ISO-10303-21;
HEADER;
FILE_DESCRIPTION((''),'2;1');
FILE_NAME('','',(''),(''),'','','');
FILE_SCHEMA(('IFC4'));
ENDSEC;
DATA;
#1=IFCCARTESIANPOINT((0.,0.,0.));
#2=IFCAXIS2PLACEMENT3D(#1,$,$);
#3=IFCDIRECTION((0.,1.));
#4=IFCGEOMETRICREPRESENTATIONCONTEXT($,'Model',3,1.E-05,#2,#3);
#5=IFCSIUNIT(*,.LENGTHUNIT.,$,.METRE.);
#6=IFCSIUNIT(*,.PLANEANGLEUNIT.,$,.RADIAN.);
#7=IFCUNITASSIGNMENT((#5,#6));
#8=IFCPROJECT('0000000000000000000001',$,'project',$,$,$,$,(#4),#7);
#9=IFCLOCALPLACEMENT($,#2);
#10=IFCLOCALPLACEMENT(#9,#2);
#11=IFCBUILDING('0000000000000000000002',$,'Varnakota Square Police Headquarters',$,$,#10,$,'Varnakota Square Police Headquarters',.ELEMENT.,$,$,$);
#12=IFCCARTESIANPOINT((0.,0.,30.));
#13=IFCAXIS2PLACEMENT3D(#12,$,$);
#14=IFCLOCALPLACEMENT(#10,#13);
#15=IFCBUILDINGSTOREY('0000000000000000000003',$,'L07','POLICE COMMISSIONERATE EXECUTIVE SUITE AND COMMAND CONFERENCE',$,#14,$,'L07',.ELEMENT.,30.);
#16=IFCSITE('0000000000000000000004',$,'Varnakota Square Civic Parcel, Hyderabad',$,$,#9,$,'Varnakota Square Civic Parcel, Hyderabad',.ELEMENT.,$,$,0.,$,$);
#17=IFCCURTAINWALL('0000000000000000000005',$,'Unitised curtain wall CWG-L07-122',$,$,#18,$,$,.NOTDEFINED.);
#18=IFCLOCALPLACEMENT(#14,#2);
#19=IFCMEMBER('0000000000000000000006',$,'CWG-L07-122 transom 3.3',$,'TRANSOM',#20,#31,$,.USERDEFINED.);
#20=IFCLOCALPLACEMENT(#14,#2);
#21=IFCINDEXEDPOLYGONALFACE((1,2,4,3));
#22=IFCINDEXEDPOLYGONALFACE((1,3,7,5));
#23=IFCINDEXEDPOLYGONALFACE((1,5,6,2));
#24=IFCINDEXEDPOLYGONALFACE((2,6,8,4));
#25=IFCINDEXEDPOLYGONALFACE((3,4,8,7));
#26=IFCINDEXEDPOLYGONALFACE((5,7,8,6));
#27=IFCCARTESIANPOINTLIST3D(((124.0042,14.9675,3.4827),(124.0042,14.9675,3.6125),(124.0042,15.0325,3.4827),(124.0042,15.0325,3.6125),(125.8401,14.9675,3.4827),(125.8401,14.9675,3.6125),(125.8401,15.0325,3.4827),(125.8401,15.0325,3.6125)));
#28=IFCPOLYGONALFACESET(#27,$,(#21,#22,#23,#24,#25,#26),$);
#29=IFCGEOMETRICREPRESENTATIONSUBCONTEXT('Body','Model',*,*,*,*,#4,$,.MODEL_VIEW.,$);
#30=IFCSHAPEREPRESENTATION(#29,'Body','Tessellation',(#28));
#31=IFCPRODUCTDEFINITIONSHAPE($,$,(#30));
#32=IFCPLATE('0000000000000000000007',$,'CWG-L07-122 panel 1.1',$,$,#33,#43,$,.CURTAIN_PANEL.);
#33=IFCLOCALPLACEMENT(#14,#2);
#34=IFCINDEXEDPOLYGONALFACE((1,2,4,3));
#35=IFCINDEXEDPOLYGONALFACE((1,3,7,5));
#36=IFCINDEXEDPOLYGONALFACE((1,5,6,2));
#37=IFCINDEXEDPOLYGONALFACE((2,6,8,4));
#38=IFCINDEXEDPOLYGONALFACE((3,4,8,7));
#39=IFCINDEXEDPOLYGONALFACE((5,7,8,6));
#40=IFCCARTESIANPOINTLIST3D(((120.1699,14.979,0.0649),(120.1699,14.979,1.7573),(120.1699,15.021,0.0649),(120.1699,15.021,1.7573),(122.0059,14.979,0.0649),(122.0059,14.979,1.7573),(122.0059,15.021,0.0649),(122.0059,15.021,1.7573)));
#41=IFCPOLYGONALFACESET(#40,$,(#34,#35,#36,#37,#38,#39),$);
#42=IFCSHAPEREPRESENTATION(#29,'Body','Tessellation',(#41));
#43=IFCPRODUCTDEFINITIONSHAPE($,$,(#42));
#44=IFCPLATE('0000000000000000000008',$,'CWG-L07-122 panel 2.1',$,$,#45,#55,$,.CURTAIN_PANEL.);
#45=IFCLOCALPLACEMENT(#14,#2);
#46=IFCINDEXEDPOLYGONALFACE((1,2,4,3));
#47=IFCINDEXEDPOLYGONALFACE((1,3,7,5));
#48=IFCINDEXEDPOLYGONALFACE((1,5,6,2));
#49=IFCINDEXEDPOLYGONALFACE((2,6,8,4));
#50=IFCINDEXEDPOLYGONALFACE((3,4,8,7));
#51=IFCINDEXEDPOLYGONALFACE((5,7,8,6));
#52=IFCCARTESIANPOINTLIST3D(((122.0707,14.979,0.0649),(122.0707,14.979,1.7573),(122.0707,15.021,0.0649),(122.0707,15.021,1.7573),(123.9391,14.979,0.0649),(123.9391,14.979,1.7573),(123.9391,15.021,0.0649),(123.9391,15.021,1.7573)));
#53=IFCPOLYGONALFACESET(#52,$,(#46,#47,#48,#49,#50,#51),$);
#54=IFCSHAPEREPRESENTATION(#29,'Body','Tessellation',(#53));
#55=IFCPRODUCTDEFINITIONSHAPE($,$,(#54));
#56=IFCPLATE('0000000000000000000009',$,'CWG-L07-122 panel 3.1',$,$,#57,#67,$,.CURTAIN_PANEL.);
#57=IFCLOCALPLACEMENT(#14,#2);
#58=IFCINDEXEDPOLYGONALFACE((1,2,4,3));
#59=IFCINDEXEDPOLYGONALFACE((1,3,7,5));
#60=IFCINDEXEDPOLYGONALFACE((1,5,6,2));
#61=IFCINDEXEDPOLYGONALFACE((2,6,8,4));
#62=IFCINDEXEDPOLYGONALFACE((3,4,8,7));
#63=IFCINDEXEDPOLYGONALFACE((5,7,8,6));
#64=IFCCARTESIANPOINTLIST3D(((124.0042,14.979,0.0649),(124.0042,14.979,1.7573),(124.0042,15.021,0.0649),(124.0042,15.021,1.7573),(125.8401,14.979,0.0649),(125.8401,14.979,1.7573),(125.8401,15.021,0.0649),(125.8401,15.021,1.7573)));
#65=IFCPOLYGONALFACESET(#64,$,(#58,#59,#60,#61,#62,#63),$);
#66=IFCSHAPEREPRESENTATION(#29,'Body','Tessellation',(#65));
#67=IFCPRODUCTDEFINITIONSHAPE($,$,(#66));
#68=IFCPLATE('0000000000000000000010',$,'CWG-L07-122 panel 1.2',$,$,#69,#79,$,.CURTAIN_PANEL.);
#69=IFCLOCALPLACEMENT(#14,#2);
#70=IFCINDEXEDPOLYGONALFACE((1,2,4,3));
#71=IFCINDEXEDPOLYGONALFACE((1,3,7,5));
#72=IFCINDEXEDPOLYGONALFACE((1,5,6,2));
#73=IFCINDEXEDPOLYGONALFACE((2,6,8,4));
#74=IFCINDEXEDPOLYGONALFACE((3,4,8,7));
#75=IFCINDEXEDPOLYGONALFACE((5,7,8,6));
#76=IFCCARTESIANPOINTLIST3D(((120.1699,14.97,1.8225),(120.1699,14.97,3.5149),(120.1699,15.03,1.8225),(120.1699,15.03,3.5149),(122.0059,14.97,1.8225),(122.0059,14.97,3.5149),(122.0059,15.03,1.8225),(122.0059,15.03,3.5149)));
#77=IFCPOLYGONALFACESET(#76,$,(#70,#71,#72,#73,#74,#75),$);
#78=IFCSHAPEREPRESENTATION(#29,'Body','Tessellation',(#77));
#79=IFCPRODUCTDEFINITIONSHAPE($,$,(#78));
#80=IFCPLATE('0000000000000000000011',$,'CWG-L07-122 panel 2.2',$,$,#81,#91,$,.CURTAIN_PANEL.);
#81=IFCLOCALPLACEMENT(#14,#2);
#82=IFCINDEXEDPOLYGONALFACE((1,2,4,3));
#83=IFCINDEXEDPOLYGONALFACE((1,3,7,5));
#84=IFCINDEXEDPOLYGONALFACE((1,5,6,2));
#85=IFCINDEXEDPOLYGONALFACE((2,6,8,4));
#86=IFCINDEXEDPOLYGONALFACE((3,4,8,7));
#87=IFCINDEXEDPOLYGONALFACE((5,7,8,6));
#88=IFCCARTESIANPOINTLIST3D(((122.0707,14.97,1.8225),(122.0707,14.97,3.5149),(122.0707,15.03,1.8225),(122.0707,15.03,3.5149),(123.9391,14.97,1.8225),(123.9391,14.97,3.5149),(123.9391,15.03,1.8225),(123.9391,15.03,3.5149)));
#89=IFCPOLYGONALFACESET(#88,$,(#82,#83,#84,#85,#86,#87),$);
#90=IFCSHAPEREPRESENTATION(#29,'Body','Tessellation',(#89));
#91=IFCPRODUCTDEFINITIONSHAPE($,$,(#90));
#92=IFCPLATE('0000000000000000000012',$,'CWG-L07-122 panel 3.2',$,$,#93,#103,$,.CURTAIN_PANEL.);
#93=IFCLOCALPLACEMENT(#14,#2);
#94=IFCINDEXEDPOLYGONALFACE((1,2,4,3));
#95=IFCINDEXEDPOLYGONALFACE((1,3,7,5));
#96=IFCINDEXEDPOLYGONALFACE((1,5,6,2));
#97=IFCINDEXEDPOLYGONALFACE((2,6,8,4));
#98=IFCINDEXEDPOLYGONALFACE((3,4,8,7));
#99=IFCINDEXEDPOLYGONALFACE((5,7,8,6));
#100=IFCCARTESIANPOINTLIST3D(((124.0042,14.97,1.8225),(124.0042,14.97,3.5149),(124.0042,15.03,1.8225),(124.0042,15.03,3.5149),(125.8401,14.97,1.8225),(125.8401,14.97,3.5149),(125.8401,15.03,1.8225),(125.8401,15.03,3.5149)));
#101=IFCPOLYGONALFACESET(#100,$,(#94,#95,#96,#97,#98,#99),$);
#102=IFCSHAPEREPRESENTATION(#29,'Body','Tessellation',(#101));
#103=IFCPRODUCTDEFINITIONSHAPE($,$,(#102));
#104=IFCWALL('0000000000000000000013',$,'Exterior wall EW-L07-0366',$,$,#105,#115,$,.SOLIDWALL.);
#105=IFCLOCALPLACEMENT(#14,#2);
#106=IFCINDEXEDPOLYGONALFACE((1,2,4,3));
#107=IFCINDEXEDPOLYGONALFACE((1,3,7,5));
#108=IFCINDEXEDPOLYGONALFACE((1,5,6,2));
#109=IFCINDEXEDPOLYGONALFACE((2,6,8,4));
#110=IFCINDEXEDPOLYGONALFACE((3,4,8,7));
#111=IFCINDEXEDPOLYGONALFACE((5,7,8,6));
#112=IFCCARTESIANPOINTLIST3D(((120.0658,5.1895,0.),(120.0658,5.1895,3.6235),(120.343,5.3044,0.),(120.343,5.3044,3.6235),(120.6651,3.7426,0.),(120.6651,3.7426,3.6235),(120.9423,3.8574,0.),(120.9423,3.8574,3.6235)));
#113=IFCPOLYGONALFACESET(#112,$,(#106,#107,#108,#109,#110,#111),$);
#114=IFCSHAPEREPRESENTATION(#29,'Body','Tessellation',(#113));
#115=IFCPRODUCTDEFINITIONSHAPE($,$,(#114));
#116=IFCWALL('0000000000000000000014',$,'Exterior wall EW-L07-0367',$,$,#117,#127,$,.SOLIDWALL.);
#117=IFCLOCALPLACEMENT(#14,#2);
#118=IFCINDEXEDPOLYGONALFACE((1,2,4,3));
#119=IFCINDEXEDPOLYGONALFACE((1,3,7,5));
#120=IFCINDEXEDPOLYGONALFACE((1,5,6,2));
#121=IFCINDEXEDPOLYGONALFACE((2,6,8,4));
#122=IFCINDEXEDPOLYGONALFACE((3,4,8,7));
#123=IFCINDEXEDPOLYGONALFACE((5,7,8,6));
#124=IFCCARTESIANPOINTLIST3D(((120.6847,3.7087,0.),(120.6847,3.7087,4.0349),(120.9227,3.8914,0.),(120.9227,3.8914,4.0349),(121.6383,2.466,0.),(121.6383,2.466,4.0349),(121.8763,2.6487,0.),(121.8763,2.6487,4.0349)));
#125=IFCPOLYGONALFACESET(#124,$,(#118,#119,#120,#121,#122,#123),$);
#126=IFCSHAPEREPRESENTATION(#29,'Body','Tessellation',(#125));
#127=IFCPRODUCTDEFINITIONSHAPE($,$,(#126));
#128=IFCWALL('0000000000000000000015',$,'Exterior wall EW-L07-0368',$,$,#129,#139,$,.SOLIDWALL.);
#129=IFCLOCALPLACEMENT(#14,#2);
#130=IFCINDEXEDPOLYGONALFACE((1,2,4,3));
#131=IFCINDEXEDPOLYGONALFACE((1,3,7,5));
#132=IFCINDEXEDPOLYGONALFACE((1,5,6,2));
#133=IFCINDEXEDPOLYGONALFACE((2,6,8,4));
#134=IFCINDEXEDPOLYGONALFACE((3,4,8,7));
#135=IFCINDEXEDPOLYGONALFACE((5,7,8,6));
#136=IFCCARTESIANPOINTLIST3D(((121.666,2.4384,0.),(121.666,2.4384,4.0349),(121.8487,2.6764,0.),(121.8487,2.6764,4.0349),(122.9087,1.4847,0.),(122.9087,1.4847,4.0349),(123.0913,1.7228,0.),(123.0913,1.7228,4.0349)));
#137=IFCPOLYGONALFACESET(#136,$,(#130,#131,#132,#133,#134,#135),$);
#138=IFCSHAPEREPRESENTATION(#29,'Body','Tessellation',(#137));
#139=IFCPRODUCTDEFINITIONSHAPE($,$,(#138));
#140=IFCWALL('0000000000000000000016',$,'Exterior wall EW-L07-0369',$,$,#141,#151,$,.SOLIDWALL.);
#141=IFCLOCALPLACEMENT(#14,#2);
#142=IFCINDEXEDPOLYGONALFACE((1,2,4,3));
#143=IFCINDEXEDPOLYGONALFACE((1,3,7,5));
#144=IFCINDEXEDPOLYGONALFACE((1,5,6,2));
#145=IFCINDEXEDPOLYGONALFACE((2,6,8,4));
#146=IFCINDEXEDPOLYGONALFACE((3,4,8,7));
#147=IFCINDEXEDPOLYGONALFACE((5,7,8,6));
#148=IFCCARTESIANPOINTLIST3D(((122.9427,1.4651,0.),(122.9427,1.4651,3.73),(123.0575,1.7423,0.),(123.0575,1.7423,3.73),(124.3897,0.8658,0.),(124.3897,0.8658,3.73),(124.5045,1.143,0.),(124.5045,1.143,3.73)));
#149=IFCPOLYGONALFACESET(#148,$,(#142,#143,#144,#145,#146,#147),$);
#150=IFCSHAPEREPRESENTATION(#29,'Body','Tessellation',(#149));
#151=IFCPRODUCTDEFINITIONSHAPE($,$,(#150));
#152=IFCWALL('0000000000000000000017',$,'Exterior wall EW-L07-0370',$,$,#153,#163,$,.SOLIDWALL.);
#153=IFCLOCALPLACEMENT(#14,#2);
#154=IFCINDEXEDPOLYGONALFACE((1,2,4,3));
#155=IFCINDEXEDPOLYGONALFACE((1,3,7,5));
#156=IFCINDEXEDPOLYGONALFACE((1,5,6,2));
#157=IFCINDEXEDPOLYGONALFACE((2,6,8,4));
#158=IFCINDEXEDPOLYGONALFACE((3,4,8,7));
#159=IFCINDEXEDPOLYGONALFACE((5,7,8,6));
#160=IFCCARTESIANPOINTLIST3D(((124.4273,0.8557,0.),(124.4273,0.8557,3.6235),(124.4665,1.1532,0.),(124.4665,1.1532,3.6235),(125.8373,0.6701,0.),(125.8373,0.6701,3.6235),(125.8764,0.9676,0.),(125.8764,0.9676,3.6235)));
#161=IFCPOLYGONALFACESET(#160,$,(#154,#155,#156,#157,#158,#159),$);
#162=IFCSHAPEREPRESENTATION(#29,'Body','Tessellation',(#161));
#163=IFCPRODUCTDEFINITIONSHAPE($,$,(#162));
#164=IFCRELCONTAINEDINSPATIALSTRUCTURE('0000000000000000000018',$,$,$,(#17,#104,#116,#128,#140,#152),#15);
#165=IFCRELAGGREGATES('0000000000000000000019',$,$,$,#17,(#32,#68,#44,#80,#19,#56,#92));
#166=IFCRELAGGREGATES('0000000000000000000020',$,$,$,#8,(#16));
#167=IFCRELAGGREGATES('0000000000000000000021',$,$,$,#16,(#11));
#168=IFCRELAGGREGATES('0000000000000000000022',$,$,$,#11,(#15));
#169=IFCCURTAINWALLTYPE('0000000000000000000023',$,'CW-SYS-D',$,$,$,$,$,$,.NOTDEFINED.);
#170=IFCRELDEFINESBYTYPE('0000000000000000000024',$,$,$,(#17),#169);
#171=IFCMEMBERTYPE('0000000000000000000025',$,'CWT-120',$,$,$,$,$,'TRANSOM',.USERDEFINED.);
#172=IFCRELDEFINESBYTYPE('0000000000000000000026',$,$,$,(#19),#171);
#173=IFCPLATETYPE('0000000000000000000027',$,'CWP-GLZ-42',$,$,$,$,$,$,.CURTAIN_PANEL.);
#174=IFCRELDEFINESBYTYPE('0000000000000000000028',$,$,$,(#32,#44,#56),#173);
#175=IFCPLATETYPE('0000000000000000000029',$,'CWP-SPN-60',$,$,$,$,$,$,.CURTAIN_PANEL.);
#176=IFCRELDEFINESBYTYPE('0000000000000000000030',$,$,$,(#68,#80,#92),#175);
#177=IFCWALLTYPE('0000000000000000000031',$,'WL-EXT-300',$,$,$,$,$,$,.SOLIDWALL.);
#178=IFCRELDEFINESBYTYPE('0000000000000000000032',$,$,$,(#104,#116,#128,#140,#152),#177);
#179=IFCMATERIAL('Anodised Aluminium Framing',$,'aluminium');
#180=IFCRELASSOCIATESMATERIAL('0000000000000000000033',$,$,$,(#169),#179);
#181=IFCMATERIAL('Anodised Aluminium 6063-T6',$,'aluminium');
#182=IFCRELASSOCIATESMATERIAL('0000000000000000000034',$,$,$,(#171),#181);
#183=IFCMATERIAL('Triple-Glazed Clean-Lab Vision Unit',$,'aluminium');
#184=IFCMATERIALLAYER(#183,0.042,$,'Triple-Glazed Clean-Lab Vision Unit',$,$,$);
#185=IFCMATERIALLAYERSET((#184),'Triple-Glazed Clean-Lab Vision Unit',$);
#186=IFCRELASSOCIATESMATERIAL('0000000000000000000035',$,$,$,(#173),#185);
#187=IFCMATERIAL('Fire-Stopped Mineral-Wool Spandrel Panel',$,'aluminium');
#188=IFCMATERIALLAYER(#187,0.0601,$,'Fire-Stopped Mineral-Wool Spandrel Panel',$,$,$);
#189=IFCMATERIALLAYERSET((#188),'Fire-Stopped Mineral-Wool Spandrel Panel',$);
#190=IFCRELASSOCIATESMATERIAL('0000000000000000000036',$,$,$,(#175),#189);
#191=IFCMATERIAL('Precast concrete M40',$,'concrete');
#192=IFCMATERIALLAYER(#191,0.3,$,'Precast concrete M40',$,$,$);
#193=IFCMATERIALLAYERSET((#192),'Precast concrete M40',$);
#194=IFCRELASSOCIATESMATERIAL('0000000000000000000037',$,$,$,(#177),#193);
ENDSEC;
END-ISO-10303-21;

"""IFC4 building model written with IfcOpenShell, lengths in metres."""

from ifc_helpers import new_model, si_unit, direction, frame, frame_2d, origin, origin_2d, place, context, subcontext, project, spatial, rectangle, extrude, material, layer, layer_set, material_profile, profile_set, type_object, element, aggregate, save


model = new_model("IFC4")

# Units and contexts
model_context = context("Model", 3, precision=1e-05, world=origin(), true_north=direction((0.0, 1.0)))
body_context = subcontext(model_context, "Body", "Model", "MODEL_VIEW")
ifc_project = project(units=[si_unit("LENGTHUNIT", "METRE"), si_unit("PLANEANGLEUNIT", "RADIAN")], contexts=[model_context])

# Site, building, storey
site_placement = place(None, origin())
site = spatial("IfcSite", under=ifc_project, at=site_placement, Name="Varnakota Square Civic Parcel, Hyderabad", LongName="Varnakota Square Civic Parcel, Hyderabad", CompositionType="ELEMENT", RefElevation=0.0)
building_placement = place(site_placement, origin())
building = spatial("IfcBuilding", under=site, at=building_placement, Name="Varnakota Square Police Headquarters", LongName="Varnakota Square Police Headquarters", CompositionType="ELEMENT")
storey_placement = place(building_placement, frame((0.0, 0.0, 30.0)))
storey = spatial("IfcBuildingStorey", under=building, at=storey_placement, Name="L07", Description="POLICE COMMISSIONERATE EXECUTIVE SUITE AND COMMAND CONFERENCE", LongName="L07", CompositionType="ELEMENT", Elevation=30.0)

# Curtain wall, member, plates
ifc_material_1 = material(Name="Anodised Aluminium Framing", Category="aluminium")
curtain_wall_type = type_object("IfcCurtainWallType", Name="CW-SYS-D", PredefinedType="NOTDEFINED", material=ifc_material_1)
curtain_wall_placement = place(storey_placement, origin())
curtain_wall = element("IfcCurtainWall", 1, at=curtain_wall_placement, inside=storey, type_object=curtain_wall_type, Name="Unitised curtain wall CWG-L07-122", PredefinedType="NOTDEFINED")
ifc_material_2 = material(Name="Anodised Aluminium 6063-T6", Category="aluminium")
ifc_material_profile_1 = material_profile(ifc_material_2, rectangle(XDim=0.0649, YDim=0.1299, at=origin_2d()), Name="ALU TRANSOM 65x130")
ifc_profile_set_1 = profile_set([ifc_material_profile_1], Name="Anodised Aluminium 6063-T6")
member_type_1 = type_object("IfcMemberType", Name="CWT-120", ElementType="TRANSOM", PredefinedType="USERDEFINED", material=ifc_profile_set_1)
member_1_placement = place(storey_placement, frame((124.0042, 15.0, 3.5476), z_axis=(1.0, 0.0, 0.0), x_axis=(0.0, 1.0, 0.0)))
member_1 = element("IfcMember", 2, at=member_1_placement, type_object=member_type_1, Name="CWG-L07-122 transom 3.3", ObjectType="TRANSOM", PredefinedType="USERDEFINED", context=body_context, shape_type="SweptSolid", body=[
    extrude(rectangle(XDim=0.0649, YDim=0.1299, at=origin_2d()), origin(), (0.0, 0.0, 1.0), 1.8359),
])
ifc_material_3 = material(Name="Triple-Glazed Clean-Lab Vision Unit", Category="aluminium")
ifc_layer_1 = layer(ifc_material_3, 0.042, Name="Triple-Glazed Clean-Lab Vision Unit")
ifc_layer_set_1 = layer_set([ifc_layer_1], Name="Triple-Glazed Clean-Lab Vision Unit")
plate_type_1 = type_object("IfcPlateType", Name="CWP-GLZ-42", PredefinedType="CURTAIN_PANEL", material=ifc_layer_set_1)
plate_1_placement = place(storey_placement, frame((121.0879, 15.0, 0.0649), z_axis=(0.0, 0.0, 1.0), x_axis=(1.0, 0.0, 0.0)))
plate_1 = element("IfcPlate", 3, at=plate_1_placement, type_object=plate_type_1, Name="CWG-L07-122 panel 1.1", PredefinedType="CURTAIN_PANEL", context=body_context, shape_type="SweptSolid", body=[
    extrude(rectangle(XDim=1.8359, YDim=0.042, at=origin_2d()), origin(), (0.0, 0.0, 1.0), 1.6924),
])
plate_2_placement = place(storey_placement, frame((123.0049, 15.0, 0.0649), z_axis=(0.0, 0.0, 1.0), x_axis=(1.0, 0.0, 0.0)))
plate_2 = element("IfcPlate", 4, at=plate_2_placement, type_object=plate_type_1, Name="CWG-L07-122 panel 2.1", PredefinedType="CURTAIN_PANEL", context=body_context, shape_type="SweptSolid", body=[
    extrude(rectangle(XDim=1.8684, YDim=0.042, at=origin_2d()), origin(), (0.0, 0.0, 1.0), 1.6924),
])
plate_3_placement = place(storey_placement, frame((124.9221, 15.0, 0.0649), z_axis=(0.0, 0.0, 1.0), x_axis=(1.0, 0.0, 0.0)))
plate_3 = element("IfcPlate", 5, at=plate_3_placement, type_object=plate_type_1, Name="CWG-L07-122 panel 3.1", PredefinedType="CURTAIN_PANEL", context=body_context, shape_type="SweptSolid", body=[
    extrude(rectangle(XDim=1.8359, YDim=0.042, at=origin_2d()), origin(), (0.0, 0.0, 1.0), 1.6924),
])
ifc_material_4 = material(Name="Fire-Stopped Mineral-Wool Spandrel Panel", Category="aluminium")
ifc_layer_2 = layer(ifc_material_4, 0.0601, Name="Fire-Stopped Mineral-Wool Spandrel Panel")
ifc_layer_set_2 = layer_set([ifc_layer_2], Name="Fire-Stopped Mineral-Wool Spandrel Panel")
plate_type_2 = type_object("IfcPlateType", Name="CWP-SPN-60", PredefinedType="CURTAIN_PANEL", material=ifc_layer_set_2)
plate_4_placement = place(storey_placement, frame((121.0879, 15.0, 1.8225), z_axis=(0.0, 0.0, 1.0), x_axis=(1.0, 0.0, 0.0)))
plate_4 = element("IfcPlate", 6, at=plate_4_placement, type_object=plate_type_2, Name="CWG-L07-122 panel 1.2", PredefinedType="CURTAIN_PANEL", context=body_context, shape_type="SweptSolid", body=[
    extrude(rectangle(XDim=1.8359, YDim=0.0601, at=origin_2d()), origin(), (0.0, 0.0, 1.0), 1.6924),
])
plate_5_placement = place(storey_placement, frame((123.0049, 15.0, 1.8225), z_axis=(0.0, 0.0, 1.0), x_axis=(1.0, 0.0, 0.0)))
plate_5 = element("IfcPlate", 7, at=plate_5_placement, type_object=plate_type_2, Name="CWG-L07-122 panel 2.2", PredefinedType="CURTAIN_PANEL", context=body_context, shape_type="SweptSolid", body=[
    extrude(rectangle(XDim=1.8684, YDim=0.0601, at=origin_2d()), origin(), (0.0, 0.0, 1.0), 1.6924),
])
plate_6_placement = place(storey_placement, frame((124.9221, 15.0, 1.8225), z_axis=(0.0, 0.0, 1.0), x_axis=(1.0, 0.0, 0.0)))
plate_6 = element("IfcPlate", 8, at=plate_6_placement, type_object=plate_type_2, Name="CWG-L07-122 panel 3.2", PredefinedType="CURTAIN_PANEL", context=body_context, shape_type="SweptSolid", body=[
    extrude(rectangle(XDim=1.8359, YDim=0.0601, at=origin_2d()), origin(), (0.0, 0.0, 1.0), 1.6924),
])
aggregate(curtain_wall, [plate_1, plate_4, plate_2, plate_5, member_1, plate_3, plate_6])

# Walls
ifc_material_5 = material(Name="Precast concrete M40", Category="concrete")
ifc_layer_3 = layer(ifc_material_5, 0.3, Name="Precast concrete M40")
ifc_layer_set_3 = layer_set([ifc_layer_3], Name="Precast concrete M40")
wall_type_1 = type_object("IfcWallType", Name="WL-EXT-300", PredefinedType="SOLIDWALL", material=ifc_layer_set_3)
wall_1_placement = place(storey_placement, frame((120.2043, 5.2471, 0.0), z_axis=(0.0, 0.0, 1.0), x_axis=(0.382678, -0.923882, 0.0)))
element("IfcWall", 9, at=wall_1_placement, inside=storey, type_object=wall_type_1, Name="Exterior wall EW-L07-0366", PredefinedType="SOLIDWALL", context=body_context, shape_type="SweptSolid", body=[
    extrude(rectangle(XDim=1.5662, YDim=0.3, at=frame_2d((0.7832, 0.0))), origin(), (0.0, 0.0, 1.0), 3.6235),
])
for number, where, z_axis, x_axis, name in (
    (10, (120.8037, 3.8, 0.0), (0.0, 0.0, 1.0), (0.608791, -0.79333, 0.0), "Exterior wall EW-L07-0367"),
    (11, (121.7573, 2.5574, 0.0), (0.0, 0.0, 1.0), (0.79333, -0.608791, 0.0), "Exterior wall EW-L07-0368"),
):
    element("IfcWall", number, at=place(storey_placement, frame(where, z_axis=z_axis, x_axis=x_axis)), inside=storey, type_object=wall_type_1, Name=name, PredefinedType="SOLIDWALL", context=body_context, shape_type="SweptSolid", body=[
        extrude(rectangle(XDim=1.5664, YDim=0.3, at=frame_2d((0.7832, 0.0))), origin(), (0.0, 0.0, 1.0), 4.0349),
    ])
wall_2_placement = place(storey_placement, frame((123.0, 1.6038, 0.0), z_axis=(0.0, 0.0, 1.0), x_axis=(0.923882, -0.382678, 0.0)))
element("IfcWall", 12, at=wall_2_placement, inside=storey, type_object=wall_type_1, Name="Exterior wall EW-L07-0369", PredefinedType="SOLIDWALL", context=body_context, shape_type="SweptSolid", body=[
    extrude(rectangle(XDim=1.5662, YDim=0.3, at=frame_2d((0.7832, 0.0))), origin(), (0.0, 0.0, 1.0), 3.73),
])
wall_3_placement = place(storey_placement, frame((124.447, 1.0044, 0.0), z_axis=(0.0, 0.0, 1.0), x_axis=(0.991451, -0.130477, 0.0)))
element("IfcWall", 13, at=wall_3_placement, inside=storey, type_object=wall_type_1, Name="Exterior wall EW-L07-0370", PredefinedType="SOLIDWALL", context=body_context, shape_type="SweptSolid", body=[
    extrude(rectangle(XDim=1.4221, YDim=0.3, at=frame_2d((0.7109, 0.0))), origin(), (0.0, 0.0, 1.0), 3.6235),
])

save(model, "model.ifc")
